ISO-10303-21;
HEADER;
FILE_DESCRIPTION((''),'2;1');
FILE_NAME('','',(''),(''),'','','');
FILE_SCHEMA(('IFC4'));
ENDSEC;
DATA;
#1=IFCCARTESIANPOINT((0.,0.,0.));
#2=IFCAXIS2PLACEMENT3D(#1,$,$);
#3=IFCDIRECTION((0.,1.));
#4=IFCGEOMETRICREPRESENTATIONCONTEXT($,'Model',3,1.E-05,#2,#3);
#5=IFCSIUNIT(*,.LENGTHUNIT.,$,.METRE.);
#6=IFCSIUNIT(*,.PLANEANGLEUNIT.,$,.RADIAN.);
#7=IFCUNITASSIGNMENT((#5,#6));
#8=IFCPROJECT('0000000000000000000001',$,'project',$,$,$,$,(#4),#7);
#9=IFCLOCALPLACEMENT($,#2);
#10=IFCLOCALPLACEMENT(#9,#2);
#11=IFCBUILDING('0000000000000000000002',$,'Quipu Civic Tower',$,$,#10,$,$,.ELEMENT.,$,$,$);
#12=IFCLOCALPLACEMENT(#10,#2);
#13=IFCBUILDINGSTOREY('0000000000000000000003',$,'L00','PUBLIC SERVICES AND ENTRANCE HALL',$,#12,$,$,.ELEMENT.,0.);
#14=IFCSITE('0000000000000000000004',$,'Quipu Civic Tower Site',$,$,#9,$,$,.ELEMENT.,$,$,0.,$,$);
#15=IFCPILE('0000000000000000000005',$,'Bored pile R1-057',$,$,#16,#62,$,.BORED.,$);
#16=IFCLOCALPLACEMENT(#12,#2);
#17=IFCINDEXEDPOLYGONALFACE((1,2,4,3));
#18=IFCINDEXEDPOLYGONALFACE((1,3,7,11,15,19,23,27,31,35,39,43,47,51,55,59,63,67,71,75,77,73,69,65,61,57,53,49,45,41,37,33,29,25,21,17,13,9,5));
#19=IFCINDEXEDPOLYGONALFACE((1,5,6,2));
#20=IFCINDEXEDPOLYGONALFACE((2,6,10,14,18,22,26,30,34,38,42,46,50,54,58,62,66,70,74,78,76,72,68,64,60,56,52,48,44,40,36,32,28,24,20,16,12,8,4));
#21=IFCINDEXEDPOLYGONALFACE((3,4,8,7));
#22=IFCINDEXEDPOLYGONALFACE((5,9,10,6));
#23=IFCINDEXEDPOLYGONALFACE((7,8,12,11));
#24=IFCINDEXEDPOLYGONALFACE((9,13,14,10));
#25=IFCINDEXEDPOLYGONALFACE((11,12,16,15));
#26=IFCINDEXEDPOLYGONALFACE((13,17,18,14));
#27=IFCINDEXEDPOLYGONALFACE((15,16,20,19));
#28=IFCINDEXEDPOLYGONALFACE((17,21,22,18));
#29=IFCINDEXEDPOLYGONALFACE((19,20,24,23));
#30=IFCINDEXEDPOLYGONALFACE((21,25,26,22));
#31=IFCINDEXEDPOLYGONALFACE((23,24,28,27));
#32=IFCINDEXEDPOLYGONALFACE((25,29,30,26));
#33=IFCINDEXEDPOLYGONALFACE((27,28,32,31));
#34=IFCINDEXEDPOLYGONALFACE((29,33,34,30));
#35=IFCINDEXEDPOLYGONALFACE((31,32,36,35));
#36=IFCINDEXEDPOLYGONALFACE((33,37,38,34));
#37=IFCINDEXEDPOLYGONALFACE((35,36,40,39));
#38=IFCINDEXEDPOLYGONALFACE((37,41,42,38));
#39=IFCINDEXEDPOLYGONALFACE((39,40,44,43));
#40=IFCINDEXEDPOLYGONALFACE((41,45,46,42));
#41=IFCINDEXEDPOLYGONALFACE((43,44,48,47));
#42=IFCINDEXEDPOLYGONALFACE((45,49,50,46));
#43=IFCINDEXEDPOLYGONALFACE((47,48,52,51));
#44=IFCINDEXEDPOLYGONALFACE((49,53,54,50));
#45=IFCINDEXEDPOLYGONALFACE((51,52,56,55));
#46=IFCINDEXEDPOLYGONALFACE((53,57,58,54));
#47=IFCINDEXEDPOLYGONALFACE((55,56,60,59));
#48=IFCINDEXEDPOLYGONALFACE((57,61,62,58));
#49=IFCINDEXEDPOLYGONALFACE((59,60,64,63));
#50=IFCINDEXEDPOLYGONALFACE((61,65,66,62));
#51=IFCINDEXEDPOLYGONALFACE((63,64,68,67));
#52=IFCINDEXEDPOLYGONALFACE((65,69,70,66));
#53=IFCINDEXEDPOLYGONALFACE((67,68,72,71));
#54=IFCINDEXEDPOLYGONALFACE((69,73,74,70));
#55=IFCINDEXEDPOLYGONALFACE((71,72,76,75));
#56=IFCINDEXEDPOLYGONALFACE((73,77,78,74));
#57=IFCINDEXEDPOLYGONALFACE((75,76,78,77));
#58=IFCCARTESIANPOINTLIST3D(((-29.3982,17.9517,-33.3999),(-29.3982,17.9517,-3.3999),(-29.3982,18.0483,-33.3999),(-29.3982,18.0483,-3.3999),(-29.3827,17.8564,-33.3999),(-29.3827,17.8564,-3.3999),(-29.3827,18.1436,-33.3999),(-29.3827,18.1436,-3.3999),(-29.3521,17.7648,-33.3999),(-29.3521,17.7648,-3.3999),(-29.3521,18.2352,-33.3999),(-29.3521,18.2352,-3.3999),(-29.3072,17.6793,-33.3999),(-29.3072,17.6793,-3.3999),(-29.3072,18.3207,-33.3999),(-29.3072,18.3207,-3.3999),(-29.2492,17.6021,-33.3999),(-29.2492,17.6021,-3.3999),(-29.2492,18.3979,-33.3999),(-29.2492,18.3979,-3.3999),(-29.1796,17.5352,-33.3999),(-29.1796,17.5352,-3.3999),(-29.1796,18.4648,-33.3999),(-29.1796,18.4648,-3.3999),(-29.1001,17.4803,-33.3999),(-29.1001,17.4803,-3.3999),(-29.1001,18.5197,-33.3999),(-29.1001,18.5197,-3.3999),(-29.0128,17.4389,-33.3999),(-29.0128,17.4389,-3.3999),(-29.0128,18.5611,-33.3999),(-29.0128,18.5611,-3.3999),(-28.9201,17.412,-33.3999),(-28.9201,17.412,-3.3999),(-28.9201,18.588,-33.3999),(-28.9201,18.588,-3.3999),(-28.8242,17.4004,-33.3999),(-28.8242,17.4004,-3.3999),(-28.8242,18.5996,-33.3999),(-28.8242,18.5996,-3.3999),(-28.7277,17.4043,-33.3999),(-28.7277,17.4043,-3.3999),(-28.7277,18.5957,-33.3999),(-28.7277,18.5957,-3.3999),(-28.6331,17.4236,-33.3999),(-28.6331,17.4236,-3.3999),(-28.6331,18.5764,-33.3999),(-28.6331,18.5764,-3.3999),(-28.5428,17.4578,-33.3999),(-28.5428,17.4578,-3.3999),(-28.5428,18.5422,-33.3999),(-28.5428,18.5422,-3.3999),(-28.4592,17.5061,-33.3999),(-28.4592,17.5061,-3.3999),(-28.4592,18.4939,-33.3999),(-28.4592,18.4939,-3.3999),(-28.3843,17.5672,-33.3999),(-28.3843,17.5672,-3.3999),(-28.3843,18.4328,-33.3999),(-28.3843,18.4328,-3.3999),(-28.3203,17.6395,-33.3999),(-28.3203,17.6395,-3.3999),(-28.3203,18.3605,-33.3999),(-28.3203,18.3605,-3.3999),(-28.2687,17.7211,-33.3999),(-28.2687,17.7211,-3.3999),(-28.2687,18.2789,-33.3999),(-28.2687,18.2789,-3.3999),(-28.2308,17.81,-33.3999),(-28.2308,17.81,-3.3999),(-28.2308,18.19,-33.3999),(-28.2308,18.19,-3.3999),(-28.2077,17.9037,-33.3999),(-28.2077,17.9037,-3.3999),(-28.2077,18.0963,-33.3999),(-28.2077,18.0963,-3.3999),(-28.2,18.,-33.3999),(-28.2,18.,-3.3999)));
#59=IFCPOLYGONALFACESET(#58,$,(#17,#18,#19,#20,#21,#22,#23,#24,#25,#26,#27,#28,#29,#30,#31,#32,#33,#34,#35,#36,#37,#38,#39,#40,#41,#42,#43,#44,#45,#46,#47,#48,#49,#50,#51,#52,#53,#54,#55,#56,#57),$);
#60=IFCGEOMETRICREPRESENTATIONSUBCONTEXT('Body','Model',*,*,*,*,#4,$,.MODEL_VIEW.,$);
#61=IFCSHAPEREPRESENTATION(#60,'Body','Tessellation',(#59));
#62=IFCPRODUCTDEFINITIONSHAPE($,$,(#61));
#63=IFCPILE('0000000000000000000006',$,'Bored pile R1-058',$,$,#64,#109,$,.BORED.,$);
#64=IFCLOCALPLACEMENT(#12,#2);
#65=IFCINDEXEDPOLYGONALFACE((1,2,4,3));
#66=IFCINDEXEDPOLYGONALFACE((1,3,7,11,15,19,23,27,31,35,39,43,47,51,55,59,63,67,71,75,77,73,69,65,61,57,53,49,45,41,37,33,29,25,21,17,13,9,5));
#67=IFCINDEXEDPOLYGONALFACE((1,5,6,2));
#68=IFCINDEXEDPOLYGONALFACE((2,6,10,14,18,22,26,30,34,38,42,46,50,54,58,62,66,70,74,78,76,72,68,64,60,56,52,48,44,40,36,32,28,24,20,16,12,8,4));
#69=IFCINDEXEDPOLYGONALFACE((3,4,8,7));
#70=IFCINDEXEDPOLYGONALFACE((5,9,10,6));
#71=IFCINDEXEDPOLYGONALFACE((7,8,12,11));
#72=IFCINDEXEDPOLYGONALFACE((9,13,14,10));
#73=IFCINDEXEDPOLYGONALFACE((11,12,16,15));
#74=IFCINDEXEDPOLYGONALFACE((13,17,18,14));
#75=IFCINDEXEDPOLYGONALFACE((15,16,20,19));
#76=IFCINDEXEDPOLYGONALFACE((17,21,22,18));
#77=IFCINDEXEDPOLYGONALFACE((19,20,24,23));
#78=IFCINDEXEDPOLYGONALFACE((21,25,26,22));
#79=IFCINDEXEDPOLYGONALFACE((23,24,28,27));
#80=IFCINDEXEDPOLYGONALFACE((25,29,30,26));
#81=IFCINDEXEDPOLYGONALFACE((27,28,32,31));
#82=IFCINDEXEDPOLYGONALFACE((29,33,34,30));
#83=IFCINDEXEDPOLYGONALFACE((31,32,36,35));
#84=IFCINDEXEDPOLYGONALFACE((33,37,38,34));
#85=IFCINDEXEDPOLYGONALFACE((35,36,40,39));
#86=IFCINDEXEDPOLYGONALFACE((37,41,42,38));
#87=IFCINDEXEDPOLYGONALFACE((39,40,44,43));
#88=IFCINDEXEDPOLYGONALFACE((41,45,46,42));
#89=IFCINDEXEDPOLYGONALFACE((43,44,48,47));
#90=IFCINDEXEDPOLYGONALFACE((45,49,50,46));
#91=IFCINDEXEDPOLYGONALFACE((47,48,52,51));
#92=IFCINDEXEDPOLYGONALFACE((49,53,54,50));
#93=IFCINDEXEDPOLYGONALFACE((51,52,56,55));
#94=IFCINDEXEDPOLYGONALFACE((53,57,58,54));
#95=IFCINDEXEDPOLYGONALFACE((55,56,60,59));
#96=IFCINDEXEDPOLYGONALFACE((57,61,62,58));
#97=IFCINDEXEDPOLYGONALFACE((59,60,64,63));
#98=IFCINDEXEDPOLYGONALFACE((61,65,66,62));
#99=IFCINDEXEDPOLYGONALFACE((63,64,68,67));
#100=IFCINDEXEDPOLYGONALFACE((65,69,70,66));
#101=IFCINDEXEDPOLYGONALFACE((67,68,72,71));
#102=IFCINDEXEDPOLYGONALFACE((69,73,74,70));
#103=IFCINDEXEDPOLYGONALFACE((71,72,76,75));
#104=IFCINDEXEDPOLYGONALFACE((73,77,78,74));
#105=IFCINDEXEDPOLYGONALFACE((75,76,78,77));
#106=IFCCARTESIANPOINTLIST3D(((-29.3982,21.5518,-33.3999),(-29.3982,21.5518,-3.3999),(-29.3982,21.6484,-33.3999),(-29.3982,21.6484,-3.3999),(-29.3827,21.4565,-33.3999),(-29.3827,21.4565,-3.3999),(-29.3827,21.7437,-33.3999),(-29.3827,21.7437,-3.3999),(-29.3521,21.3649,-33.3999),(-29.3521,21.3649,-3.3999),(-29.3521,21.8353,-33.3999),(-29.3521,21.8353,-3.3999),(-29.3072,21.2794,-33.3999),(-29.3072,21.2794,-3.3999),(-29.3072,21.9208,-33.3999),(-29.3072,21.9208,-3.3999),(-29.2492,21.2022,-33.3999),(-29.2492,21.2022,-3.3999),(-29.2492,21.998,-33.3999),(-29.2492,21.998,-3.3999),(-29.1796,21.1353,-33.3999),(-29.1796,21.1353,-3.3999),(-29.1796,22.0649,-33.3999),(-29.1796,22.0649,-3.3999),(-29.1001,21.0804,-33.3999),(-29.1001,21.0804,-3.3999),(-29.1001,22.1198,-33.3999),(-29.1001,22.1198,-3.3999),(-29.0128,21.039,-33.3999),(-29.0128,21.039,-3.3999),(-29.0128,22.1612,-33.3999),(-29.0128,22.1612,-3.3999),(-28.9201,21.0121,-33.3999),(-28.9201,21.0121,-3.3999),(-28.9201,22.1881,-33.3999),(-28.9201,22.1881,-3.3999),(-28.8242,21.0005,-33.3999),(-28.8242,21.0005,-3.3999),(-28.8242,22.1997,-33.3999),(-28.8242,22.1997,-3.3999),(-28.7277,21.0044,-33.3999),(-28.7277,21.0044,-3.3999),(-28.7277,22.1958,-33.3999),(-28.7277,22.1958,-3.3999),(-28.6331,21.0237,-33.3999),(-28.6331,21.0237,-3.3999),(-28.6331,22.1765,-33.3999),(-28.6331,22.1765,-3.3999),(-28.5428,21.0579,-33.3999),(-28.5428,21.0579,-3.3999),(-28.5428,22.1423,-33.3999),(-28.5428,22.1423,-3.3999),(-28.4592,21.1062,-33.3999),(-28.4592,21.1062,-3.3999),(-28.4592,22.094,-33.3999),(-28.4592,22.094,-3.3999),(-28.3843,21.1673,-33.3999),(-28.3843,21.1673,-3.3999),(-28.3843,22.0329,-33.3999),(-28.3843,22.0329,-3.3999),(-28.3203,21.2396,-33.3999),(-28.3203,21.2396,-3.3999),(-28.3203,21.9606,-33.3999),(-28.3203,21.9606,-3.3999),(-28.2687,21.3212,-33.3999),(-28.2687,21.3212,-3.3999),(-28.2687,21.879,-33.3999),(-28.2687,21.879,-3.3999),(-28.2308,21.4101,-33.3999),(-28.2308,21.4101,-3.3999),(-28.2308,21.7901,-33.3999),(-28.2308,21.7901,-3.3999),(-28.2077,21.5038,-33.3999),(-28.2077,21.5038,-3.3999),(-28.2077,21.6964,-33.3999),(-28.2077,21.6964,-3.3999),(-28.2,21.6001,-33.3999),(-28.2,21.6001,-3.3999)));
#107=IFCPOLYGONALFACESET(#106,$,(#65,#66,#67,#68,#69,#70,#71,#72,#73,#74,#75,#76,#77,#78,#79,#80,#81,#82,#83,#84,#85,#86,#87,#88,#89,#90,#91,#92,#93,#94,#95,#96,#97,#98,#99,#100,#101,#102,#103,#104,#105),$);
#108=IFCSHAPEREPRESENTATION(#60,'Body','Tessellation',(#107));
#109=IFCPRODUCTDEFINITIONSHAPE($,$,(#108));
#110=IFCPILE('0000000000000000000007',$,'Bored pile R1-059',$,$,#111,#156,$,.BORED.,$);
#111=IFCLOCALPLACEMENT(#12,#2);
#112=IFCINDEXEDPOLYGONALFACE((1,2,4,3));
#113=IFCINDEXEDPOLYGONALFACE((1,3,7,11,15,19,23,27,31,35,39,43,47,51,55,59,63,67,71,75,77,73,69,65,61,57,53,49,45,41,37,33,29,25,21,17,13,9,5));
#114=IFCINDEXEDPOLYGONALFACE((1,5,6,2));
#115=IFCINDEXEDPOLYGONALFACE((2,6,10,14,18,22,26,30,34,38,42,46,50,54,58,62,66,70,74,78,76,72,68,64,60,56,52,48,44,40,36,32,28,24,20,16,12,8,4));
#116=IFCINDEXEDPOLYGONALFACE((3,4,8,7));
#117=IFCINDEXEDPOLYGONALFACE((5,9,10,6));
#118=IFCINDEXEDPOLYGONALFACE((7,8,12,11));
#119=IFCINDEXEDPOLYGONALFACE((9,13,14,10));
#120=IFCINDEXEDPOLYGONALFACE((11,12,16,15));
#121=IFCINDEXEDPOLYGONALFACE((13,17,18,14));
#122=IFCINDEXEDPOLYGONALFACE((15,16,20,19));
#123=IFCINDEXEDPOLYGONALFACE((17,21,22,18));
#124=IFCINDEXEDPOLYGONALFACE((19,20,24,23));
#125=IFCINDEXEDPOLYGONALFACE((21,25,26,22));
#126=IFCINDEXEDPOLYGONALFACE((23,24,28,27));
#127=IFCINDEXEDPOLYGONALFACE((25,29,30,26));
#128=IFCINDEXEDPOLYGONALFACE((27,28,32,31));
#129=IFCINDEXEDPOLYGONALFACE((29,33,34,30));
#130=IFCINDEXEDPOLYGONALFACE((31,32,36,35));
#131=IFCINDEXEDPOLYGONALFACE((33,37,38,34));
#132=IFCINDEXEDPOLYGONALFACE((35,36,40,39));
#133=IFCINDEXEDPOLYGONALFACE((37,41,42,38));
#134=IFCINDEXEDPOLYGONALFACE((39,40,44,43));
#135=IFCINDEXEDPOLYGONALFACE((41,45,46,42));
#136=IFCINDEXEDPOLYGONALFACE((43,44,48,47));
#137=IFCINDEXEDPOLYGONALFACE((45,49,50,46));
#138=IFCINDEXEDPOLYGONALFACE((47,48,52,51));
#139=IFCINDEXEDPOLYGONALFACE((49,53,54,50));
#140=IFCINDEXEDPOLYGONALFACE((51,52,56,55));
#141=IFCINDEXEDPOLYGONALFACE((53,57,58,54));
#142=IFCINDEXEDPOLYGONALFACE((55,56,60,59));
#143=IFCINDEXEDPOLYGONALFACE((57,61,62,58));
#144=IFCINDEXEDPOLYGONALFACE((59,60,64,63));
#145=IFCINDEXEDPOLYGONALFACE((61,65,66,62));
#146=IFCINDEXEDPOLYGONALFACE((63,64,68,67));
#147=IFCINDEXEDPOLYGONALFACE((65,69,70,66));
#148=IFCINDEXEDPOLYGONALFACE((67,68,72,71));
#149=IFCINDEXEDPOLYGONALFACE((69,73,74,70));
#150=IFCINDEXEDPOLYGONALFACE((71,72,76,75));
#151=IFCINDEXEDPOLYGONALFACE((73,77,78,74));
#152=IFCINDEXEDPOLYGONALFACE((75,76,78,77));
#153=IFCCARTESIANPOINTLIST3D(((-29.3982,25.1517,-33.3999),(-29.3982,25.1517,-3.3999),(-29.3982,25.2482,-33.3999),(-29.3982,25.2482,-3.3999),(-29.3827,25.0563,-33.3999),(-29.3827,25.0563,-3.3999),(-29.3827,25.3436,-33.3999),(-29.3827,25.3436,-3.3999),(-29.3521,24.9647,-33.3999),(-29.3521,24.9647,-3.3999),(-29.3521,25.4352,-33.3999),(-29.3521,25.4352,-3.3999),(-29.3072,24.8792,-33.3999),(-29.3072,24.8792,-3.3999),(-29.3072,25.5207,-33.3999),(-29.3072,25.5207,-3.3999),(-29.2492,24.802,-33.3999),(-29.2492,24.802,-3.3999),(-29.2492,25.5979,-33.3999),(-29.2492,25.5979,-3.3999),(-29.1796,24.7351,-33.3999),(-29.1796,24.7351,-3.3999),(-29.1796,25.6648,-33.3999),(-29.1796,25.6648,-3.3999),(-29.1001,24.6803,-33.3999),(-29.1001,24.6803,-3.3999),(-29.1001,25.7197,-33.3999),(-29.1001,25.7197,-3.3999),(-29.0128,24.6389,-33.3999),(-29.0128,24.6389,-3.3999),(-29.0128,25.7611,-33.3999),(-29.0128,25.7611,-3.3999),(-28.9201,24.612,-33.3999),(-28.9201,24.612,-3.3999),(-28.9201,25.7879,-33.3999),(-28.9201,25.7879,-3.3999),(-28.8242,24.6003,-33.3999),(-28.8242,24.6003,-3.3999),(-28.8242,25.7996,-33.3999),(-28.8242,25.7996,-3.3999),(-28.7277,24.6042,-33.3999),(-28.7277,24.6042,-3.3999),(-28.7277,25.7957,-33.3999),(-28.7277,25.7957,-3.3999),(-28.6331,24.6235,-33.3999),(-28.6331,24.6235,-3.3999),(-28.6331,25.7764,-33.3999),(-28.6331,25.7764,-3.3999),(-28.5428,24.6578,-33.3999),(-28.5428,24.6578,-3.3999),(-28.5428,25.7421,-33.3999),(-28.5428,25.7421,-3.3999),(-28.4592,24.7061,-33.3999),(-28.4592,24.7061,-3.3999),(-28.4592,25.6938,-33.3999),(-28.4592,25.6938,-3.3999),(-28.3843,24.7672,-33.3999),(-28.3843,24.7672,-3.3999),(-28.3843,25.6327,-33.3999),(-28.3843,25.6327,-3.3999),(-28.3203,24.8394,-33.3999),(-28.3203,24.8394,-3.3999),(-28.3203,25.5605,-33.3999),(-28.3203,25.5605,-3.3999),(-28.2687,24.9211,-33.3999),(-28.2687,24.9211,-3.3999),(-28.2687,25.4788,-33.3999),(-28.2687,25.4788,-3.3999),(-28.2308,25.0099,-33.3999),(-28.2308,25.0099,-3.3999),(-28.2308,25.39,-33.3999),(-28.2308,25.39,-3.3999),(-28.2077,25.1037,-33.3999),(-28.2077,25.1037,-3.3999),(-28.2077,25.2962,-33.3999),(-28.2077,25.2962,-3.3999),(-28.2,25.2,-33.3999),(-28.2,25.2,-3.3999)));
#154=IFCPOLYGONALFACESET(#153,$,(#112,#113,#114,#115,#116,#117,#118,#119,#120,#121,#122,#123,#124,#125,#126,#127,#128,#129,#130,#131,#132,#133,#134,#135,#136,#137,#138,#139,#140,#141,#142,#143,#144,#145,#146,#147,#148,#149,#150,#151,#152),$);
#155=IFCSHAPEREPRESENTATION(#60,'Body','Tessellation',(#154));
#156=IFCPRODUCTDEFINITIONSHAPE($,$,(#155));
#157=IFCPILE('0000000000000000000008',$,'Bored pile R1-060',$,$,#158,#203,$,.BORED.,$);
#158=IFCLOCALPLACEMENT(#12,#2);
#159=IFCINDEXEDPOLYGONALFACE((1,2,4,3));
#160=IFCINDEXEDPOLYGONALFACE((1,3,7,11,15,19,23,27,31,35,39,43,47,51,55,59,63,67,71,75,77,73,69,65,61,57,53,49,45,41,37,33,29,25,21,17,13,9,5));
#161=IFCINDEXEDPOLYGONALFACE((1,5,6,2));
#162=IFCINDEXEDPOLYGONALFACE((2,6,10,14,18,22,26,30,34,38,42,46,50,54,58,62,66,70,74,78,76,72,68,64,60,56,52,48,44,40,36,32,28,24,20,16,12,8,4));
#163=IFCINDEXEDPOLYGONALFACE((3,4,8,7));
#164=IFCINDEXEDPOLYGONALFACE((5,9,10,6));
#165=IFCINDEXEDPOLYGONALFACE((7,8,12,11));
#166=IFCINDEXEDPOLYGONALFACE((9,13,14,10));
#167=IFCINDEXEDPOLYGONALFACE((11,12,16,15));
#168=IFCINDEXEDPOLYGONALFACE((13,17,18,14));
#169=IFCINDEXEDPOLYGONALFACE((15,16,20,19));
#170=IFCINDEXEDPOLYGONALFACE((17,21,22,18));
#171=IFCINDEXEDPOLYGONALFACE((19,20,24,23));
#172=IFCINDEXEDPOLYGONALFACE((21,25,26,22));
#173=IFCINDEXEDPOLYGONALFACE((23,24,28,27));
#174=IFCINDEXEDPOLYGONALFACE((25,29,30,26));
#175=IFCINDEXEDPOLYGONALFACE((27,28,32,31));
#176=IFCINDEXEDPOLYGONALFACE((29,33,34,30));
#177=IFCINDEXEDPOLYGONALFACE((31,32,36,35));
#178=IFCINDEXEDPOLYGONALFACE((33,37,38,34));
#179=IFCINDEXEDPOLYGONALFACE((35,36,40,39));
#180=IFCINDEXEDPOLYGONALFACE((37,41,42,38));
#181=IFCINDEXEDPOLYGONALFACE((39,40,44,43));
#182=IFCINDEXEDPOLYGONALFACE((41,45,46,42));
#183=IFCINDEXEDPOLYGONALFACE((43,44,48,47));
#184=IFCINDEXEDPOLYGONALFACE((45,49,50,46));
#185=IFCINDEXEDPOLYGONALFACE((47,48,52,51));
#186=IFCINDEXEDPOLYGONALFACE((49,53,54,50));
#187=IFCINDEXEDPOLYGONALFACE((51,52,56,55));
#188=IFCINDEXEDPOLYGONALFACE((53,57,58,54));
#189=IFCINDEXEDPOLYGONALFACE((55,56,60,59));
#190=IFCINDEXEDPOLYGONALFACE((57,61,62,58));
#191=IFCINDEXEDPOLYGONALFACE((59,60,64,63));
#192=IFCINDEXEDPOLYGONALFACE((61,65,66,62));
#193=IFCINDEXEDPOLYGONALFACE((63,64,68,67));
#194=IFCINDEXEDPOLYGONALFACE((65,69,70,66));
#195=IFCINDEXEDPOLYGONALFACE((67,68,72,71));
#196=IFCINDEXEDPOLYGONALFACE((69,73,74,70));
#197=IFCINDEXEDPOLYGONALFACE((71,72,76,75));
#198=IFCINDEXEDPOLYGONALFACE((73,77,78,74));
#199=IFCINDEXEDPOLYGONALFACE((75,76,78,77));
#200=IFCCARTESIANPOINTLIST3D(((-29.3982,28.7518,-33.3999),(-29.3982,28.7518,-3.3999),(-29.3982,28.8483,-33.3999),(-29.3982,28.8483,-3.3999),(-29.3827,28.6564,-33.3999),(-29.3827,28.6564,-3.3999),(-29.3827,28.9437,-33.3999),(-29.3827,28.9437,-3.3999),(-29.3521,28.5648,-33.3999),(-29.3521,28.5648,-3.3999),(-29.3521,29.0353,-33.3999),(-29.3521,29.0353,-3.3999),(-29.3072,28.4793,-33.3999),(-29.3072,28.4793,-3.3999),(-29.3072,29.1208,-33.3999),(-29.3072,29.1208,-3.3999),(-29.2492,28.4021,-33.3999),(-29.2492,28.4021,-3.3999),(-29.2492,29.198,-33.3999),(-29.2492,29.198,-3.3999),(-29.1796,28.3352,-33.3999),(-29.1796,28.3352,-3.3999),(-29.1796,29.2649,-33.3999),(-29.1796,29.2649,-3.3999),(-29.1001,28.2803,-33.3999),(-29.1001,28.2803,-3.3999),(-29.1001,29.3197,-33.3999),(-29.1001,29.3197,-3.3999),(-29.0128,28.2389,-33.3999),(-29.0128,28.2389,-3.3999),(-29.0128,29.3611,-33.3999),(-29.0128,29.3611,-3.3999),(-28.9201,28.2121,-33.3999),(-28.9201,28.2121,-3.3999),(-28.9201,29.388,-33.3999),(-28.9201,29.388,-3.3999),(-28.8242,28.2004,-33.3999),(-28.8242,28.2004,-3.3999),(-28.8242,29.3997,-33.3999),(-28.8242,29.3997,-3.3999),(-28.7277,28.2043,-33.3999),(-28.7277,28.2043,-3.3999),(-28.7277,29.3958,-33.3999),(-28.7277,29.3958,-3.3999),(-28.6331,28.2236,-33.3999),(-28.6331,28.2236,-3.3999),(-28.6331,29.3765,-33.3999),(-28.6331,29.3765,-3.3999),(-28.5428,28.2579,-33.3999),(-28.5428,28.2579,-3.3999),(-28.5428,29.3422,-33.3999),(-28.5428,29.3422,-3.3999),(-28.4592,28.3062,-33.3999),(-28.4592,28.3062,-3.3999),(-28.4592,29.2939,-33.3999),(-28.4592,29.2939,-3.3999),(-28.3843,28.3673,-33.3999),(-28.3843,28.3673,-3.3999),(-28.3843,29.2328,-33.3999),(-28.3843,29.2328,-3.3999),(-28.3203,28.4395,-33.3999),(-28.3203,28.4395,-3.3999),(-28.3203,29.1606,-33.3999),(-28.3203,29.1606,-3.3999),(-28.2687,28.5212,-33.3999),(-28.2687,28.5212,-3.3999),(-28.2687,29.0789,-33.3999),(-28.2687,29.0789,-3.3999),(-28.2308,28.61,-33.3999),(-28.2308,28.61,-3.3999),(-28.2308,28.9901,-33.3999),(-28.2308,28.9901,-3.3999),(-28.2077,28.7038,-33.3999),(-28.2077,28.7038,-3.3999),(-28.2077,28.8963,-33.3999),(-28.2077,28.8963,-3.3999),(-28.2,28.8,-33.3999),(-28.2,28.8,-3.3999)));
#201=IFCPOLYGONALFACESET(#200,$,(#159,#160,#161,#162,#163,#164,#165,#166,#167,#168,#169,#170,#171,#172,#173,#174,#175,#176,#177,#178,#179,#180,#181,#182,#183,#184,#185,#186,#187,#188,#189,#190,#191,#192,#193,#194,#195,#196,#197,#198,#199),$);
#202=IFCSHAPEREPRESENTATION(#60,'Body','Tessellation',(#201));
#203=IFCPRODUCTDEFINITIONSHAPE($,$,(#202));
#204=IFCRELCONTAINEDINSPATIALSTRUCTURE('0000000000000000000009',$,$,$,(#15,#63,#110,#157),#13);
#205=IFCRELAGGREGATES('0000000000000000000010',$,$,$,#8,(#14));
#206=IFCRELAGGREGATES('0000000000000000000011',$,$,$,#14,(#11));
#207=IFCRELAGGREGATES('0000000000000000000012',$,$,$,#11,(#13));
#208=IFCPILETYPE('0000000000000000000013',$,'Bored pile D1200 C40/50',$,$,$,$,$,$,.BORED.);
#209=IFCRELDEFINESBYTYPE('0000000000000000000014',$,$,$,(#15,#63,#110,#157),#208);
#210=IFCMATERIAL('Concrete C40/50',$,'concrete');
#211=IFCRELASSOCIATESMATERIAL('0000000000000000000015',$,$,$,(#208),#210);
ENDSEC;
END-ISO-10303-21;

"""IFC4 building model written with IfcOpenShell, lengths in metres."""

from ifc_helpers import new_model, si_unit, direction, frame, origin, origin_2d, place, context, subcontext, project, spatial, circle, extrude, material, material_profile, profile_set, type_object, element, save


model = new_model("IFC4")

# Units and contexts
model_context = context("Model", 3, precision=1e-05, world=origin(), true_north=direction((0.0, 1.0)))
body_context = subcontext(model_context, "Body", "Model", "MODEL_VIEW")
ifc_project = project(units=[si_unit("LENGTHUNIT", "METRE"), si_unit("PLANEANGLEUNIT", "RADIAN")], contexts=[model_context])

# Site, building, storey
site_placement = place(None, origin())
site = spatial("IfcSite", under=ifc_project, at=site_placement, Name="Quipu Civic Tower Site", CompositionType="ELEMENT", RefElevation=0.0)
building_placement = place(site_placement, origin())
building = spatial("IfcBuilding", under=site, at=building_placement, Name="Quipu Civic Tower", CompositionType="ELEMENT")
storey_placement = place(building_placement, origin())
storey = spatial("IfcBuildingStorey", under=building, at=storey_placement, Name="L00", Description="PUBLIC SERVICES AND ENTRANCE HALL", CompositionType="ELEMENT", Elevation=0.0)

# Piles
ifc_material_1 = material(Name="Concrete C40/50", Category="concrete")
ifc_material_profile_1 = material_profile(ifc_material_1, circle(Radius=0.6001, at=origin_2d()), Name="RCD1200")
ifc_profile_set_1 = profile_set([ifc_material_profile_1], Name="Concrete C40/50")
pile_type = type_object("IfcPileType", Name="Bored pile D1200 C40/50", PredefinedType="BORED", material=ifc_profile_set_1)
for number, where, z_axis, x_axis, name in (
    (1, (-28.8, 18.0, -3.3999), (0.0, 0.0, -1.0), (1.0, 0.0, 0.0), "Bored pile R1-057"),
    (2, (-28.8, 21.6001, -3.3999), (0.0, 0.0, -1.0), (1.0, 0.0, 0.0), "Bored pile R1-058"),
    (3, (-28.8, 25.2, -3.3999), (0.0, 0.0, -1.0), (1.0, 0.0, 0.0), "Bored pile R1-059"),
    (4, (-28.8, 28.8, -3.3999), (0.0, 0.0, -1.0), (1.0, 0.0, 0.0), "Bored pile R1-060"),
):
    element("IfcPile", number, at=place(storey_placement, frame(where, z_axis=z_axis, x_axis=x_axis)), inside=storey, type_object=pile_type, Name=name, PredefinedType="BORED", context=body_context, shape_type="SweptSolid", body=[
        extrude(circle(Radius=0.6001, at=origin_2d()), origin(), (0.0, 0.0, 1.0), 30.0),
    ])

save(model, "model.ifc")
